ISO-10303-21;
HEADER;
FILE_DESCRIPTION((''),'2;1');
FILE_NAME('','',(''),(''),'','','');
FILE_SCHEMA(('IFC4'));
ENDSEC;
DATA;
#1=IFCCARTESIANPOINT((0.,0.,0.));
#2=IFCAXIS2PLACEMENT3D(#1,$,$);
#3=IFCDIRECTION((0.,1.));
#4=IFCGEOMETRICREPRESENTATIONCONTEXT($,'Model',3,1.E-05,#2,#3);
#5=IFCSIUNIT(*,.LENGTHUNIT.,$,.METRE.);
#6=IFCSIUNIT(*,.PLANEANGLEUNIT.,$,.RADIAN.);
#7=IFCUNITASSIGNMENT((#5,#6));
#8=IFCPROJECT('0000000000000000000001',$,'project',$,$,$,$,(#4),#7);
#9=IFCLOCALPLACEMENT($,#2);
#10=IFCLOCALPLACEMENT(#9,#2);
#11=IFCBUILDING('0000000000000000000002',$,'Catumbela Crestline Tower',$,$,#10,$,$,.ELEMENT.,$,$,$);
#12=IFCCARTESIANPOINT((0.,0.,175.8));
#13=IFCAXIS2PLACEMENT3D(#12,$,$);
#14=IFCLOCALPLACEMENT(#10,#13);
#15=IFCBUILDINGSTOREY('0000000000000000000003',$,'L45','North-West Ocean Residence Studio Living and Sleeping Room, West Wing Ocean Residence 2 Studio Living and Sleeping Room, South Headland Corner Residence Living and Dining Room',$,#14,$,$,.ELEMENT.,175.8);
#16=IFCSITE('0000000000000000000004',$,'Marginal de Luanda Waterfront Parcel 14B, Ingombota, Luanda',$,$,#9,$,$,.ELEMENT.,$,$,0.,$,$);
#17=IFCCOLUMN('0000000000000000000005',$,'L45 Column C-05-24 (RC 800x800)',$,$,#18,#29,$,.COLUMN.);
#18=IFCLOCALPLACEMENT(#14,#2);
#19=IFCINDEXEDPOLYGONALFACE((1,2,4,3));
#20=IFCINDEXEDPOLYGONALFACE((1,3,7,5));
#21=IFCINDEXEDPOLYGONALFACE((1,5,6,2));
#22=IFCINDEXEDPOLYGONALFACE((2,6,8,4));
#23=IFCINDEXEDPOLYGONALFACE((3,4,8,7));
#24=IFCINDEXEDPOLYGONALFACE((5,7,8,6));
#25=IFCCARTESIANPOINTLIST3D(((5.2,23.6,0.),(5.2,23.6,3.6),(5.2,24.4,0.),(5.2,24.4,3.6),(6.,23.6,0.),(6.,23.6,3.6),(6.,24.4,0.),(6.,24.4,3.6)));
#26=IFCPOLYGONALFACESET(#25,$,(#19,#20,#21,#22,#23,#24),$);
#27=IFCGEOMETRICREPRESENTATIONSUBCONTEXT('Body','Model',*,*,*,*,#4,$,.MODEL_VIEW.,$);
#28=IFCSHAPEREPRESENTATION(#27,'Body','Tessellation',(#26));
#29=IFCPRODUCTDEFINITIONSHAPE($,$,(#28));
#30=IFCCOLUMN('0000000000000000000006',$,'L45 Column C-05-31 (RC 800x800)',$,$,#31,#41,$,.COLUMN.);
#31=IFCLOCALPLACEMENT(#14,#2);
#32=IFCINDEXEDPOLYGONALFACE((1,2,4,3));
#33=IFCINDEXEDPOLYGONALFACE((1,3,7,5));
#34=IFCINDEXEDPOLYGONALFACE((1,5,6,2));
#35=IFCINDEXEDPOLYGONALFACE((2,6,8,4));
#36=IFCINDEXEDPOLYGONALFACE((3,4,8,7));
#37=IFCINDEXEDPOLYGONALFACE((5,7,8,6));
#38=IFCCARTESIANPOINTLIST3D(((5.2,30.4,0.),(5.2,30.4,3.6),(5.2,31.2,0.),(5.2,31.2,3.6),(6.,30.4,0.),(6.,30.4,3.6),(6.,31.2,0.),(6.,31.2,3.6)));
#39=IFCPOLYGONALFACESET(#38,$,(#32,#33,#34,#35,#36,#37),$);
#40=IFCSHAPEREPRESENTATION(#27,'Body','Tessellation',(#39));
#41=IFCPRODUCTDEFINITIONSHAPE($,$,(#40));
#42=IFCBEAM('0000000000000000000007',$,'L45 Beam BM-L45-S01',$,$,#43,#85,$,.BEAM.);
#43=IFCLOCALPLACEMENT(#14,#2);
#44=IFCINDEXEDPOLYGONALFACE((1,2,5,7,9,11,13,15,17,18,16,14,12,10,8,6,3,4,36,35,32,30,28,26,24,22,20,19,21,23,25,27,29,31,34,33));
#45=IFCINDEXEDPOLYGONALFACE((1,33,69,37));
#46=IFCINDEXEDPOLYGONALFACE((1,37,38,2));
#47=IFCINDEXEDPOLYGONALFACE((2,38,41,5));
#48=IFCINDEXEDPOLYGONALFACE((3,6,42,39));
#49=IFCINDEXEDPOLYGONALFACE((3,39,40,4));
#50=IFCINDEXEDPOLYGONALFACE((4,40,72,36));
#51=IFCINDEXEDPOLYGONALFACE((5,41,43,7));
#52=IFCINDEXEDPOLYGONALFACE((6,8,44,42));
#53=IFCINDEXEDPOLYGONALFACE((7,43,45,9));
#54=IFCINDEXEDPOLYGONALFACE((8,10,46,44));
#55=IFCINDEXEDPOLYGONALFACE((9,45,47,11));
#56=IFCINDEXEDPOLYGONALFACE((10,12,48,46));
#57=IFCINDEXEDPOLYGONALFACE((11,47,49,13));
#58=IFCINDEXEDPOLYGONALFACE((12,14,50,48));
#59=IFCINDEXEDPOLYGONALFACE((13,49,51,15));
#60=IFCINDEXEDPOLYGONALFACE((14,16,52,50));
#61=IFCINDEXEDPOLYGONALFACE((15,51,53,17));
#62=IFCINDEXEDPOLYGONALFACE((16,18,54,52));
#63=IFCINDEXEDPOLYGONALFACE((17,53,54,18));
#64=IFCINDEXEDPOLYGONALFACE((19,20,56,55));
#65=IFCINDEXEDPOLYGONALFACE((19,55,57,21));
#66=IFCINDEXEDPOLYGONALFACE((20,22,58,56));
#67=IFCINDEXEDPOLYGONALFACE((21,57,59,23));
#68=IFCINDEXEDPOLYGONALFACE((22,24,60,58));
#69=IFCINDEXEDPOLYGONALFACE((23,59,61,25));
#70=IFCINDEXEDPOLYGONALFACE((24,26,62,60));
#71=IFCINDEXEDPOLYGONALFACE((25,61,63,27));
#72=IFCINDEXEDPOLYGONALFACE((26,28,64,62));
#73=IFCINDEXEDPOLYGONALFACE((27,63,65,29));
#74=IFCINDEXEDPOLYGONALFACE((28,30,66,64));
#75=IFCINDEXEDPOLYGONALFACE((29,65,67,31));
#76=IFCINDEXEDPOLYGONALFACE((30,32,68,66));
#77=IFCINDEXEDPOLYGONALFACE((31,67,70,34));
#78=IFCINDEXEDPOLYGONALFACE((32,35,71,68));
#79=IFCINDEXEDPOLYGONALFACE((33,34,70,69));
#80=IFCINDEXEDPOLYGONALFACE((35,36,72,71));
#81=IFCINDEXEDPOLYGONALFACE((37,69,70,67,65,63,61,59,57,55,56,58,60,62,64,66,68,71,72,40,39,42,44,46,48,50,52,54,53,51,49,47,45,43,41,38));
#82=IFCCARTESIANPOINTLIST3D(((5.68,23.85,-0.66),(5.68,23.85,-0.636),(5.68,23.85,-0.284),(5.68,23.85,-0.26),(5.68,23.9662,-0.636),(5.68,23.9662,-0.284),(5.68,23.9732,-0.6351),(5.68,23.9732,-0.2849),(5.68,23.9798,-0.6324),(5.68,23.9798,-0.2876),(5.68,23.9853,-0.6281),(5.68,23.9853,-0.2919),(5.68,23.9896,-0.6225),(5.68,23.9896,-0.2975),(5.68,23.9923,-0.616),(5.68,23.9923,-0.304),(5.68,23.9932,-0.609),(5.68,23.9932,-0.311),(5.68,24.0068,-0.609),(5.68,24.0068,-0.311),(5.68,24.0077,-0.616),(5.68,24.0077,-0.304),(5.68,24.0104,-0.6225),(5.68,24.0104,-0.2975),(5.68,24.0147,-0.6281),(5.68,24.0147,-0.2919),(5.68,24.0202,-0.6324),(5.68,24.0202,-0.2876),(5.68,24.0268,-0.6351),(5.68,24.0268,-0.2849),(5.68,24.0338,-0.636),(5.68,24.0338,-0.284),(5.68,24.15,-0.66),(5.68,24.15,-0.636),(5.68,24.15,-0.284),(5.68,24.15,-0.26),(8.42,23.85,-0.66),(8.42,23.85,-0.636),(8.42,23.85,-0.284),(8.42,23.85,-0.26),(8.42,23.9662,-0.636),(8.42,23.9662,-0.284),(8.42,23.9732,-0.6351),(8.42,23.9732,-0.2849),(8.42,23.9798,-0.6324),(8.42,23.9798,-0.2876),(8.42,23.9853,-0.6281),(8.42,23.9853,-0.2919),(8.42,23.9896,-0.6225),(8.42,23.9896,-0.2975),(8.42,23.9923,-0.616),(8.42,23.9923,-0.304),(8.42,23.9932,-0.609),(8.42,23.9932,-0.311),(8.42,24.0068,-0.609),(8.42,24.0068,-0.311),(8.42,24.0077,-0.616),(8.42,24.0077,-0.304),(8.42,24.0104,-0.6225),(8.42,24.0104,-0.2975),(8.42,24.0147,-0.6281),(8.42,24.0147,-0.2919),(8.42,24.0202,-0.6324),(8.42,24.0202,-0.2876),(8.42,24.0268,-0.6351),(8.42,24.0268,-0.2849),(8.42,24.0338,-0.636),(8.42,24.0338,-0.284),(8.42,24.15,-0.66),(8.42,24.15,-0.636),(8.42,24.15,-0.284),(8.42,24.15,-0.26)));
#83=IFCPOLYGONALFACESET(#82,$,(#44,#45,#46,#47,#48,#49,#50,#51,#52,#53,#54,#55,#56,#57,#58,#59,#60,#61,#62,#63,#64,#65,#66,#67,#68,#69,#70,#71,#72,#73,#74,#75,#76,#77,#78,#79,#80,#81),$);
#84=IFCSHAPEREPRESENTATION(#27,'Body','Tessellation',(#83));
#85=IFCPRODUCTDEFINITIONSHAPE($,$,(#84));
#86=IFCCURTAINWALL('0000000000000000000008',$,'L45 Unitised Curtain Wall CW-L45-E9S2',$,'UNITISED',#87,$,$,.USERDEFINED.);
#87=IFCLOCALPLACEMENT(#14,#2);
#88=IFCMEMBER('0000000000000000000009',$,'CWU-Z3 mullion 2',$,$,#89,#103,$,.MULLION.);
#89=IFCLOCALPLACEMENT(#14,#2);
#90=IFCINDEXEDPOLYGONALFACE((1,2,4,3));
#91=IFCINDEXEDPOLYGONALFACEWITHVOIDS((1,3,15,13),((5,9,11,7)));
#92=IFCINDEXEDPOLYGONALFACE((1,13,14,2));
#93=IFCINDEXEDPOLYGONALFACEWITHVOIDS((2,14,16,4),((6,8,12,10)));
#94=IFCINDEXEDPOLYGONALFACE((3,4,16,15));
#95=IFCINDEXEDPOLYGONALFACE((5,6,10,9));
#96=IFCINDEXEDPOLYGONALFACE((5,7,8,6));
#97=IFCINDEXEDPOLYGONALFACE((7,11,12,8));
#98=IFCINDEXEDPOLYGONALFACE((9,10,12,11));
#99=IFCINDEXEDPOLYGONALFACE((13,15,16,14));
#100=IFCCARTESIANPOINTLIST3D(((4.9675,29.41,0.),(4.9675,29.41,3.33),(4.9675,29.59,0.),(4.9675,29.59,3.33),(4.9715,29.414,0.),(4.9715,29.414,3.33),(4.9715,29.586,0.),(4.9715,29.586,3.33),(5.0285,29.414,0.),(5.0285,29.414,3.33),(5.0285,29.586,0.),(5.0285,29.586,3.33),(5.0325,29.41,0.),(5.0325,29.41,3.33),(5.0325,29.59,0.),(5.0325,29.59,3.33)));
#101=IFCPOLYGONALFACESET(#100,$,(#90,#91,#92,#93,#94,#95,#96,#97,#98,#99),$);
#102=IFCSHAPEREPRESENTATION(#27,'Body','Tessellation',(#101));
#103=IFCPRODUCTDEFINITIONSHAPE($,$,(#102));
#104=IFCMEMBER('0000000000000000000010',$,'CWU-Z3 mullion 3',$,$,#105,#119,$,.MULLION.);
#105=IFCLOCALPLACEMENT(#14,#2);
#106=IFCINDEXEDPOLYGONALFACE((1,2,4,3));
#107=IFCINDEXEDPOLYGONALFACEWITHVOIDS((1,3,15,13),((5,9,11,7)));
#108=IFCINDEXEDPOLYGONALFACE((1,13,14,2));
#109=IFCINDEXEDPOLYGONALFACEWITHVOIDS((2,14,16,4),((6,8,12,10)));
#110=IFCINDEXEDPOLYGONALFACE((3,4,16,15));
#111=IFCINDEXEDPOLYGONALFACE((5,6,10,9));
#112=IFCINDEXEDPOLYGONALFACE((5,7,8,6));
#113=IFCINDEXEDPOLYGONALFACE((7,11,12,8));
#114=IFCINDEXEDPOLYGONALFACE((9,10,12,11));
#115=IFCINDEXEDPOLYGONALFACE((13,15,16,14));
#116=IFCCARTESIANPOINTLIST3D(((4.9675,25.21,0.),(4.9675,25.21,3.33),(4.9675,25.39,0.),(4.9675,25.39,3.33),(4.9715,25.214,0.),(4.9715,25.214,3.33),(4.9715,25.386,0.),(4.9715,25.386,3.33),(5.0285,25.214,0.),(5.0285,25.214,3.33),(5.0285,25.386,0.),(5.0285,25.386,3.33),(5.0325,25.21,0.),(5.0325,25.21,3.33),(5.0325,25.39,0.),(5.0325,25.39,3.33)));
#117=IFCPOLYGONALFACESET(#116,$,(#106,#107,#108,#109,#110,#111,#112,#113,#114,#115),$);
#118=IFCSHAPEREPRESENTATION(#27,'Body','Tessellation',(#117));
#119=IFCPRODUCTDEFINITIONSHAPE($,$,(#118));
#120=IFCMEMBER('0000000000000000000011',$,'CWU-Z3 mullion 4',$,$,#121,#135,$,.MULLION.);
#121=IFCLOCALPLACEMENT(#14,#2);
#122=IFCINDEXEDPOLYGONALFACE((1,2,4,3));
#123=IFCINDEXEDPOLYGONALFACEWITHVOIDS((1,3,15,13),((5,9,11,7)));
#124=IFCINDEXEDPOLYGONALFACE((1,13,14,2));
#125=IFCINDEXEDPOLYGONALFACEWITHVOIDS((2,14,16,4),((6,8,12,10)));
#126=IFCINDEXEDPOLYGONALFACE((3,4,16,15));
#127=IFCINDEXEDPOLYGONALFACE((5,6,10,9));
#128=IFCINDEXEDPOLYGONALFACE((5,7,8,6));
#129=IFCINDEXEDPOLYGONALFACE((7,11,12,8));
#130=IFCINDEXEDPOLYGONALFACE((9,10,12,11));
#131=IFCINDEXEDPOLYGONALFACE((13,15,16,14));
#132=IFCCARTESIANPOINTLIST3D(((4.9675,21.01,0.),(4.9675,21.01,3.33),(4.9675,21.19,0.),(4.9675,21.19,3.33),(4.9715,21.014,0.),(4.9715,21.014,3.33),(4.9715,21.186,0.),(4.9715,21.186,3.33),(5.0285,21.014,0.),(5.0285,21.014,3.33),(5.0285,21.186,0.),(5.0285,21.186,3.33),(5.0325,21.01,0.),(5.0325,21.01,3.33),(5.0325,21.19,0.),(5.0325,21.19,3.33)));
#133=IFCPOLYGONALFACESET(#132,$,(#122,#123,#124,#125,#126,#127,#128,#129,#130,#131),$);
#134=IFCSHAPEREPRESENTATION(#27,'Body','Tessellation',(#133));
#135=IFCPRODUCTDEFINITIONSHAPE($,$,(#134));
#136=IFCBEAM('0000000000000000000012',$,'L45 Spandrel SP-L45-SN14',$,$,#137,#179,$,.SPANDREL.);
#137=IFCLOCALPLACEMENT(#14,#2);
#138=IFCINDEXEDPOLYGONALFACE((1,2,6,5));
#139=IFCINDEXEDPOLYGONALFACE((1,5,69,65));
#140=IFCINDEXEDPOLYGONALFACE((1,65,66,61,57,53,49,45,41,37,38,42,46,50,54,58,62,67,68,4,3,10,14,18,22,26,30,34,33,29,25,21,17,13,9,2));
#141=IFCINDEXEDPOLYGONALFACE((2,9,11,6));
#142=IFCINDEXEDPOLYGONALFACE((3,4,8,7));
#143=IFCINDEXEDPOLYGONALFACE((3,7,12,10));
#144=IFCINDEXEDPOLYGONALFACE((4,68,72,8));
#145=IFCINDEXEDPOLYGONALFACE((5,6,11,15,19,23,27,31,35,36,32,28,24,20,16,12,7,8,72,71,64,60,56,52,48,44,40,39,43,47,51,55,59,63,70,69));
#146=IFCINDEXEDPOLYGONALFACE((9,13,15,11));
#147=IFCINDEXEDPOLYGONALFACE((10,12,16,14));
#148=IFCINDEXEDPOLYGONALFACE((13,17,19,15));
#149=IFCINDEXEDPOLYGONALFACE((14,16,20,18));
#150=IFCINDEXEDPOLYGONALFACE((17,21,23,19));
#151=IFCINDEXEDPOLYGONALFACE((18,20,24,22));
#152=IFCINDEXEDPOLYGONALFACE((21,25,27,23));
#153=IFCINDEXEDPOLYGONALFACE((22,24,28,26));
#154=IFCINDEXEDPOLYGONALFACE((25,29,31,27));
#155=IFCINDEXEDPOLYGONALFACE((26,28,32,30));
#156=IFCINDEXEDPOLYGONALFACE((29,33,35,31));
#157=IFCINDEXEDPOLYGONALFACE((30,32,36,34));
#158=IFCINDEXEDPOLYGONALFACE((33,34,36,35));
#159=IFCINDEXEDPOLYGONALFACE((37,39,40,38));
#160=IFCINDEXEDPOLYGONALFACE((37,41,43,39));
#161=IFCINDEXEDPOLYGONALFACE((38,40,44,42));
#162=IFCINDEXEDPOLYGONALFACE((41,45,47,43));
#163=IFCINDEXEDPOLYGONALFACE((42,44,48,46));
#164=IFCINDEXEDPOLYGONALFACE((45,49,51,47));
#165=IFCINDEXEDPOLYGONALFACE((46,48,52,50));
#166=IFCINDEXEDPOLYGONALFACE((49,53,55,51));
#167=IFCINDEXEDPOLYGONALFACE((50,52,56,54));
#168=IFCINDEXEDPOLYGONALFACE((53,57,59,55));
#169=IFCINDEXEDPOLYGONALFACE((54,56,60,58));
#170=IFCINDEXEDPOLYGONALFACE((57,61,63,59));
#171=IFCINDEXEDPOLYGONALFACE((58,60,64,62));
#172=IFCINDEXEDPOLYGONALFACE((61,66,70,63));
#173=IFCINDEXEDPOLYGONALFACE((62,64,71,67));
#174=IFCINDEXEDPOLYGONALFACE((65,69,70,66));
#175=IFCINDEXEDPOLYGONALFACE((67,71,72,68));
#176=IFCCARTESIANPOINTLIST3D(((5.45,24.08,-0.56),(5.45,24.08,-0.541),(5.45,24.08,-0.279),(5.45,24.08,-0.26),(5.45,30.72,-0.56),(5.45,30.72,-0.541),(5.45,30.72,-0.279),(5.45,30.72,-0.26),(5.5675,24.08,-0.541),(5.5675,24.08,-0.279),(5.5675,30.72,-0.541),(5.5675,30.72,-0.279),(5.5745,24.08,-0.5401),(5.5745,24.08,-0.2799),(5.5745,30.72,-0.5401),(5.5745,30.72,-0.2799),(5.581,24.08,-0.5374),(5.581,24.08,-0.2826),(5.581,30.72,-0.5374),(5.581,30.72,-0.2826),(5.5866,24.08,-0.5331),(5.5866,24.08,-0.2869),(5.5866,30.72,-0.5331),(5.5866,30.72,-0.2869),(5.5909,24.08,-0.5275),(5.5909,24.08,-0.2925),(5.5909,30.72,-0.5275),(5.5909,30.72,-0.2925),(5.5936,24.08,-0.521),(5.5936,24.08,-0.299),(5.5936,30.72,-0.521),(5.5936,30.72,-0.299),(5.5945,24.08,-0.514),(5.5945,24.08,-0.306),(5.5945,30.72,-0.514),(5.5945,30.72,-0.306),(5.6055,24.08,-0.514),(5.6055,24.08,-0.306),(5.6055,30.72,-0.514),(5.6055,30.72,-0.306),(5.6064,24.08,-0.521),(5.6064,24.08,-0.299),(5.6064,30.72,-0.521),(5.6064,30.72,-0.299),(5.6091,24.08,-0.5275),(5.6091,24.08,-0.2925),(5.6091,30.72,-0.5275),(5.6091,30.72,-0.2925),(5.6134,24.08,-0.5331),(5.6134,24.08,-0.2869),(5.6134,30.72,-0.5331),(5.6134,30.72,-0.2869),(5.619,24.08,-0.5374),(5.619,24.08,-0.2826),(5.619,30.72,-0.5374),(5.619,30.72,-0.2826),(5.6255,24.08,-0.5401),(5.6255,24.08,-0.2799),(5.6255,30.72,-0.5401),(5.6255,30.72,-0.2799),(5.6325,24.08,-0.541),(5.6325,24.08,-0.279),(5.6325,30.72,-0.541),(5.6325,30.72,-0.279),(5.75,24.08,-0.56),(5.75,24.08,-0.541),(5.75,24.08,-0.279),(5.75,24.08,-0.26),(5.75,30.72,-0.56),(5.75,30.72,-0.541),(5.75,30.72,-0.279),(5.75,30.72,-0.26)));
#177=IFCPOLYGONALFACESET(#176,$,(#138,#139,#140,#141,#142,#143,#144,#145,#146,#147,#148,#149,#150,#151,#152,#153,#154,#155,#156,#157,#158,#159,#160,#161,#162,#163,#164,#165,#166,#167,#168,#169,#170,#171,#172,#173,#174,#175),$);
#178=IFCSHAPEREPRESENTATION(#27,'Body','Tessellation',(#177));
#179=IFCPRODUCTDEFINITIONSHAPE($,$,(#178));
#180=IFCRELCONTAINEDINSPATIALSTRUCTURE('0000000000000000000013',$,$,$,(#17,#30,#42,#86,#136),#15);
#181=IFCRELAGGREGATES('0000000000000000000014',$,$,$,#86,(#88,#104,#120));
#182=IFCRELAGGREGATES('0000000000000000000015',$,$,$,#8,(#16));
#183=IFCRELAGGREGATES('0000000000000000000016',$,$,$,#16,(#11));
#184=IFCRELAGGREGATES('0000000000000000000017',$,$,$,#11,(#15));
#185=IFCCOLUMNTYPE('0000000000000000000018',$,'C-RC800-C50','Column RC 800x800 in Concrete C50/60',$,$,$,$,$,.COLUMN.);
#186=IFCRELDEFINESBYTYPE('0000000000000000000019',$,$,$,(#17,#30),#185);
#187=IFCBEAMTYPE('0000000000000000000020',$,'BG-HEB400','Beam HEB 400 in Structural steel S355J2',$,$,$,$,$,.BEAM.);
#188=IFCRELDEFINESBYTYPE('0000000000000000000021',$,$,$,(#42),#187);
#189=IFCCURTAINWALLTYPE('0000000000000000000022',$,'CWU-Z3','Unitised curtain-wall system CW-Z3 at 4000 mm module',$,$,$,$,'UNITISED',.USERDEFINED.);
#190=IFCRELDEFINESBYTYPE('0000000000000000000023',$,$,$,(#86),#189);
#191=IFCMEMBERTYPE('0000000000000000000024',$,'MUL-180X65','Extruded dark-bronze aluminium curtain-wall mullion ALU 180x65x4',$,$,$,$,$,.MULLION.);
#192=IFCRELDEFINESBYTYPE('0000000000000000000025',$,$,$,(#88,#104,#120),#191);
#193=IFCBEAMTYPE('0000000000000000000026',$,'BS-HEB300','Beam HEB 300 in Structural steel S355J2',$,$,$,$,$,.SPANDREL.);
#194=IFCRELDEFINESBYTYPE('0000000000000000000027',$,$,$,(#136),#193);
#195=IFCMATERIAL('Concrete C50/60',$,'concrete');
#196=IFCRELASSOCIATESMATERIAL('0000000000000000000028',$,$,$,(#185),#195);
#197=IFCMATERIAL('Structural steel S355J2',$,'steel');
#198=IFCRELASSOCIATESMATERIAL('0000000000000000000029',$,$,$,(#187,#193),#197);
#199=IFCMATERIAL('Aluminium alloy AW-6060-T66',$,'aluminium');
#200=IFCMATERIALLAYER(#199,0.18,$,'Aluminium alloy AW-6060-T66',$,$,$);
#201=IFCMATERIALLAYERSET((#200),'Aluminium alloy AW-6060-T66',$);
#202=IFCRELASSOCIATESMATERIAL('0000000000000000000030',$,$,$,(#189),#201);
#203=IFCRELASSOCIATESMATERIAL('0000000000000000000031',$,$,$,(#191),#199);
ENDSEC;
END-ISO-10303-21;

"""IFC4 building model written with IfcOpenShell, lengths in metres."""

from ifc_helpers import new_model, si_unit, direction, frame, origin, origin_2d, place, context, subcontext, project, spatial, rectangle, hollow_rectangle, i_section, extrude, material, layer, layer_set, material_profile, profile_set, type_object, element, aggregate, save


model = new_model("IFC4")

# Units and contexts
model_context = context("Model", 3, precision=1e-05, world=origin(), true_north=direction((0.0, 1.0)))
body_context = subcontext(model_context, "Body", "Model", "MODEL_VIEW")
ifc_project = project(units=[si_unit("LENGTHUNIT", "METRE"), si_unit("PLANEANGLEUNIT", "RADIAN")], contexts=[model_context])

# Site, building, storey
site_placement = place(None, origin())
site = spatial("IfcSite", under=ifc_project, at=site_placement, Name="Marginal de Luanda Waterfront Parcel 14B, Ingombota, Luanda", CompositionType="ELEMENT", RefElevation=0.0)
building_placement = place(site_placement, origin())
building = spatial("IfcBuilding", under=site, at=building_placement, Name="Catumbela Crestline Tower", CompositionType="ELEMENT")
storey_placement = place(building_placement, frame((0.0, 0.0, 175.8)))
storey = spatial("IfcBuildingStorey", under=building, at=storey_placement, Name="L45", Description="North-West Ocean Residence Studio Living and Sleeping Room, West Wing Ocean Residence 2 Studio Living and Sleeping Room, South Headland Corner Residence Living and Dining Room", CompositionType="ELEMENT", Elevation=175.8)

# Columns
ifc_material_1 = material(Name="Concrete C50/60", Category="concrete")
ifc_material_profile_1 = material_profile(ifc_material_1, rectangle(XDim=0.8, YDim=0.8, at=origin_2d()), Name="RC 800x800")
ifc_profile_set_1 = profile_set([ifc_material_profile_1], Name="Concrete C50/60")
column_type = type_object("IfcColumnType", Name="C-RC800-C50", Description="Column RC 800x800 in Concrete C50/60", PredefinedType="COLUMN", material=ifc_profile_set_1)
for number, where, z_axis, x_axis, name in (
    (1, (5.6, 24.0, 0.0), (0.0, 0.0, 1.0), (1.0, 0.0, 0.0), "L45 Column C-05-24 (RC 800x800)"),
    (2, (5.6, 30.8, 0.0), (0.0, 0.0, 1.0), (1.0, 0.0, 0.0), "L45 Column C-05-31 (RC 800x800)"),
):
    element("IfcColumn", number, at=place(storey_placement, frame(where, z_axis=z_axis, x_axis=x_axis)), inside=storey, type_object=column_type, Name=name, PredefinedType="COLUMN", context=body_context, shape_type="SweptSolid", body=[
        extrude(rectangle(XDim=0.8, YDim=0.8, at=origin_2d()), origin(), (0.0, 0.0, 1.0), 3.6),
    ])

# Beam
ifc_material_2 = material(Name="Structural steel S355J2", Category="steel")
ifc_material_profile_2 = material_profile(ifc_material_2, i_section(OverallWidth=0.3, OverallDepth=0.4, WebThickness=0.0135, FlangeThickness=0.024, FilletRadius=0.027, at=origin_2d()), Name="HEB 400")
ifc_profile_set_2 = profile_set([ifc_material_profile_2], Name="Structural steel S355J2")
beam_type_1 = type_object("IfcBeamType", Name="BG-HEB400", Description="Beam HEB 400 in Structural steel S355J2", PredefinedType="BEAM", material=ifc_profile_set_2)
beam_1_placement = place(storey_placement, frame((5.68, 24.0, -0.46), z_axis=(1.0, 0.0, 0.0), x_axis=(0.0, 1.0, 0.0)))
element("IfcBeam", 3, at=beam_1_placement, inside=storey, type_object=beam_type_1, Name="L45 Beam BM-L45-S01", PredefinedType="BEAM", context=body_context, shape_type="SweptSolid", body=[
    extrude(i_section(OverallWidth=0.3, OverallDepth=0.4, WebThickness=0.0135, FlangeThickness=0.024, FilletRadius=0.027, at=origin_2d()), origin(), (0.0, 0.0, 1.0), 2.74),
])

# Curtain wall, members
ifc_material_3 = material(Name="Aluminium alloy AW-6060-T66", Category="aluminium")
ifc_layer_1 = layer(ifc_material_3, 0.18, Name="Aluminium alloy AW-6060-T66")
ifc_layer_set_1 = layer_set([ifc_layer_1], Name="Aluminium alloy AW-6060-T66")
curtain_wall_type = type_object("IfcCurtainWallType", Name="CWU-Z3", Description="Unitised curtain-wall system CW-Z3 at 4000 mm module", ElementType="UNITISED", PredefinedType="USERDEFINED", material=ifc_layer_set_1)
curtain_wall_placement = place(storey_placement, origin())
curtain_wall = element("IfcCurtainWall", 4, at=curtain_wall_placement, inside=storey, type_object=curtain_wall_type, Name="L45 Unitised Curtain Wall CW-L45-E9S2", ObjectType="UNITISED", PredefinedType="USERDEFINED")
ifc_material_profile_3 = material_profile(ifc_material_3, hollow_rectangle(XDim=0.065, YDim=0.18, WallThickness=0.004, at=origin_2d()), Name="ALU 180x65x4")
ifc_profile_set_3 = profile_set([ifc_material_profile_3], Name="Aluminium alloy AW-6060-T66")
member_type_1 = type_object("IfcMemberType", Name="MUL-180X65", Description="Extruded dark-bronze aluminium curtain-wall mullion ALU 180x65x4", PredefinedType="MULLION", material=ifc_profile_set_3)
member_1_placement = place(storey_placement, frame((5.0, 29.5, 0.0), z_axis=(0.0, 0.0, 1.0), x_axis=(1.0, 0.0, 0.0)))
member_1 = element("IfcMember", 5, at=member_1_placement, type_object=member_type_1, Name="CWU-Z3 mullion 2", PredefinedType="MULLION", context=body_context, shape_type="SweptSolid", body=[
    extrude(hollow_rectangle(XDim=0.065, YDim=0.18, WallThickness=0.004, at=origin_2d()), origin(), (0.0, 0.0, 1.0), 3.33),
])
member_2_placement = place(storey_placement, frame((5.0, 25.3, 0.0), z_axis=(0.0, 0.0, 1.0), x_axis=(1.0, 0.0, 0.0)))
member_2 = element("IfcMember", 6, at=member_2_placement, type_object=member_type_1, Name="CWU-Z3 mullion 3", PredefinedType="MULLION", context=body_context, shape_type="SweptSolid", body=[
    extrude(hollow_rectangle(XDim=0.065, YDim=0.18, WallThickness=0.004, at=origin_2d()), origin(), (0.0, 0.0, 1.0), 3.33),
])
member_3_placement = place(storey_placement, frame((5.0, 21.1, 0.0), z_axis=(0.0, 0.0, 1.0), x_axis=(1.0, 0.0, 0.0)))
member_3 = element("IfcMember", 7, at=member_3_placement, type_object=member_type_1, Name="CWU-Z3 mullion 4", PredefinedType="MULLION", context=body_context, shape_type="SweptSolid", body=[
    extrude(hollow_rectangle(XDim=0.065, YDim=0.18, WallThickness=0.004, at=origin_2d()), origin(), (0.0, 0.0, 1.0), 3.33),
])

# Beam
ifc_material_profile_4 = material_profile(ifc_material_2, i_section(OverallWidth=0.3, OverallDepth=0.3, WebThickness=0.011, FlangeThickness=0.019, FilletRadius=0.027, at=origin_2d()), Name="HEB 300")
ifc_profile_set_4 = profile_set([ifc_material_profile_4], Name="Structural steel S355J2")
beam_type_2 = type_object("IfcBeamType", Name="BS-HEB300", Description="Beam HEB 300 in Structural steel S355J2", PredefinedType="SPANDREL", material=ifc_profile_set_4)
beam_2_placement = place(storey_placement, frame((5.6, 24.08, -0.41), z_axis=(0.0, 1.0, 0.0), x_axis=(-1.0, 0.0, 0.0)))
element("IfcBeam", 8, at=beam_2_placement, inside=storey, type_object=beam_type_2, Name="L45 Spandrel SP-L45-SN14", PredefinedType="SPANDREL", context=body_context, shape_type="SweptSolid", body=[
    extrude(i_section(OverallWidth=0.3, OverallDepth=0.3, WebThickness=0.011, FlangeThickness=0.019, FilletRadius=0.027, at=origin_2d()), origin(), (0.0, 0.0, 1.0), 6.64),
])

aggregate(curtain_wall, [member_1, member_2, member_3])

save(model, "model.ifc")
